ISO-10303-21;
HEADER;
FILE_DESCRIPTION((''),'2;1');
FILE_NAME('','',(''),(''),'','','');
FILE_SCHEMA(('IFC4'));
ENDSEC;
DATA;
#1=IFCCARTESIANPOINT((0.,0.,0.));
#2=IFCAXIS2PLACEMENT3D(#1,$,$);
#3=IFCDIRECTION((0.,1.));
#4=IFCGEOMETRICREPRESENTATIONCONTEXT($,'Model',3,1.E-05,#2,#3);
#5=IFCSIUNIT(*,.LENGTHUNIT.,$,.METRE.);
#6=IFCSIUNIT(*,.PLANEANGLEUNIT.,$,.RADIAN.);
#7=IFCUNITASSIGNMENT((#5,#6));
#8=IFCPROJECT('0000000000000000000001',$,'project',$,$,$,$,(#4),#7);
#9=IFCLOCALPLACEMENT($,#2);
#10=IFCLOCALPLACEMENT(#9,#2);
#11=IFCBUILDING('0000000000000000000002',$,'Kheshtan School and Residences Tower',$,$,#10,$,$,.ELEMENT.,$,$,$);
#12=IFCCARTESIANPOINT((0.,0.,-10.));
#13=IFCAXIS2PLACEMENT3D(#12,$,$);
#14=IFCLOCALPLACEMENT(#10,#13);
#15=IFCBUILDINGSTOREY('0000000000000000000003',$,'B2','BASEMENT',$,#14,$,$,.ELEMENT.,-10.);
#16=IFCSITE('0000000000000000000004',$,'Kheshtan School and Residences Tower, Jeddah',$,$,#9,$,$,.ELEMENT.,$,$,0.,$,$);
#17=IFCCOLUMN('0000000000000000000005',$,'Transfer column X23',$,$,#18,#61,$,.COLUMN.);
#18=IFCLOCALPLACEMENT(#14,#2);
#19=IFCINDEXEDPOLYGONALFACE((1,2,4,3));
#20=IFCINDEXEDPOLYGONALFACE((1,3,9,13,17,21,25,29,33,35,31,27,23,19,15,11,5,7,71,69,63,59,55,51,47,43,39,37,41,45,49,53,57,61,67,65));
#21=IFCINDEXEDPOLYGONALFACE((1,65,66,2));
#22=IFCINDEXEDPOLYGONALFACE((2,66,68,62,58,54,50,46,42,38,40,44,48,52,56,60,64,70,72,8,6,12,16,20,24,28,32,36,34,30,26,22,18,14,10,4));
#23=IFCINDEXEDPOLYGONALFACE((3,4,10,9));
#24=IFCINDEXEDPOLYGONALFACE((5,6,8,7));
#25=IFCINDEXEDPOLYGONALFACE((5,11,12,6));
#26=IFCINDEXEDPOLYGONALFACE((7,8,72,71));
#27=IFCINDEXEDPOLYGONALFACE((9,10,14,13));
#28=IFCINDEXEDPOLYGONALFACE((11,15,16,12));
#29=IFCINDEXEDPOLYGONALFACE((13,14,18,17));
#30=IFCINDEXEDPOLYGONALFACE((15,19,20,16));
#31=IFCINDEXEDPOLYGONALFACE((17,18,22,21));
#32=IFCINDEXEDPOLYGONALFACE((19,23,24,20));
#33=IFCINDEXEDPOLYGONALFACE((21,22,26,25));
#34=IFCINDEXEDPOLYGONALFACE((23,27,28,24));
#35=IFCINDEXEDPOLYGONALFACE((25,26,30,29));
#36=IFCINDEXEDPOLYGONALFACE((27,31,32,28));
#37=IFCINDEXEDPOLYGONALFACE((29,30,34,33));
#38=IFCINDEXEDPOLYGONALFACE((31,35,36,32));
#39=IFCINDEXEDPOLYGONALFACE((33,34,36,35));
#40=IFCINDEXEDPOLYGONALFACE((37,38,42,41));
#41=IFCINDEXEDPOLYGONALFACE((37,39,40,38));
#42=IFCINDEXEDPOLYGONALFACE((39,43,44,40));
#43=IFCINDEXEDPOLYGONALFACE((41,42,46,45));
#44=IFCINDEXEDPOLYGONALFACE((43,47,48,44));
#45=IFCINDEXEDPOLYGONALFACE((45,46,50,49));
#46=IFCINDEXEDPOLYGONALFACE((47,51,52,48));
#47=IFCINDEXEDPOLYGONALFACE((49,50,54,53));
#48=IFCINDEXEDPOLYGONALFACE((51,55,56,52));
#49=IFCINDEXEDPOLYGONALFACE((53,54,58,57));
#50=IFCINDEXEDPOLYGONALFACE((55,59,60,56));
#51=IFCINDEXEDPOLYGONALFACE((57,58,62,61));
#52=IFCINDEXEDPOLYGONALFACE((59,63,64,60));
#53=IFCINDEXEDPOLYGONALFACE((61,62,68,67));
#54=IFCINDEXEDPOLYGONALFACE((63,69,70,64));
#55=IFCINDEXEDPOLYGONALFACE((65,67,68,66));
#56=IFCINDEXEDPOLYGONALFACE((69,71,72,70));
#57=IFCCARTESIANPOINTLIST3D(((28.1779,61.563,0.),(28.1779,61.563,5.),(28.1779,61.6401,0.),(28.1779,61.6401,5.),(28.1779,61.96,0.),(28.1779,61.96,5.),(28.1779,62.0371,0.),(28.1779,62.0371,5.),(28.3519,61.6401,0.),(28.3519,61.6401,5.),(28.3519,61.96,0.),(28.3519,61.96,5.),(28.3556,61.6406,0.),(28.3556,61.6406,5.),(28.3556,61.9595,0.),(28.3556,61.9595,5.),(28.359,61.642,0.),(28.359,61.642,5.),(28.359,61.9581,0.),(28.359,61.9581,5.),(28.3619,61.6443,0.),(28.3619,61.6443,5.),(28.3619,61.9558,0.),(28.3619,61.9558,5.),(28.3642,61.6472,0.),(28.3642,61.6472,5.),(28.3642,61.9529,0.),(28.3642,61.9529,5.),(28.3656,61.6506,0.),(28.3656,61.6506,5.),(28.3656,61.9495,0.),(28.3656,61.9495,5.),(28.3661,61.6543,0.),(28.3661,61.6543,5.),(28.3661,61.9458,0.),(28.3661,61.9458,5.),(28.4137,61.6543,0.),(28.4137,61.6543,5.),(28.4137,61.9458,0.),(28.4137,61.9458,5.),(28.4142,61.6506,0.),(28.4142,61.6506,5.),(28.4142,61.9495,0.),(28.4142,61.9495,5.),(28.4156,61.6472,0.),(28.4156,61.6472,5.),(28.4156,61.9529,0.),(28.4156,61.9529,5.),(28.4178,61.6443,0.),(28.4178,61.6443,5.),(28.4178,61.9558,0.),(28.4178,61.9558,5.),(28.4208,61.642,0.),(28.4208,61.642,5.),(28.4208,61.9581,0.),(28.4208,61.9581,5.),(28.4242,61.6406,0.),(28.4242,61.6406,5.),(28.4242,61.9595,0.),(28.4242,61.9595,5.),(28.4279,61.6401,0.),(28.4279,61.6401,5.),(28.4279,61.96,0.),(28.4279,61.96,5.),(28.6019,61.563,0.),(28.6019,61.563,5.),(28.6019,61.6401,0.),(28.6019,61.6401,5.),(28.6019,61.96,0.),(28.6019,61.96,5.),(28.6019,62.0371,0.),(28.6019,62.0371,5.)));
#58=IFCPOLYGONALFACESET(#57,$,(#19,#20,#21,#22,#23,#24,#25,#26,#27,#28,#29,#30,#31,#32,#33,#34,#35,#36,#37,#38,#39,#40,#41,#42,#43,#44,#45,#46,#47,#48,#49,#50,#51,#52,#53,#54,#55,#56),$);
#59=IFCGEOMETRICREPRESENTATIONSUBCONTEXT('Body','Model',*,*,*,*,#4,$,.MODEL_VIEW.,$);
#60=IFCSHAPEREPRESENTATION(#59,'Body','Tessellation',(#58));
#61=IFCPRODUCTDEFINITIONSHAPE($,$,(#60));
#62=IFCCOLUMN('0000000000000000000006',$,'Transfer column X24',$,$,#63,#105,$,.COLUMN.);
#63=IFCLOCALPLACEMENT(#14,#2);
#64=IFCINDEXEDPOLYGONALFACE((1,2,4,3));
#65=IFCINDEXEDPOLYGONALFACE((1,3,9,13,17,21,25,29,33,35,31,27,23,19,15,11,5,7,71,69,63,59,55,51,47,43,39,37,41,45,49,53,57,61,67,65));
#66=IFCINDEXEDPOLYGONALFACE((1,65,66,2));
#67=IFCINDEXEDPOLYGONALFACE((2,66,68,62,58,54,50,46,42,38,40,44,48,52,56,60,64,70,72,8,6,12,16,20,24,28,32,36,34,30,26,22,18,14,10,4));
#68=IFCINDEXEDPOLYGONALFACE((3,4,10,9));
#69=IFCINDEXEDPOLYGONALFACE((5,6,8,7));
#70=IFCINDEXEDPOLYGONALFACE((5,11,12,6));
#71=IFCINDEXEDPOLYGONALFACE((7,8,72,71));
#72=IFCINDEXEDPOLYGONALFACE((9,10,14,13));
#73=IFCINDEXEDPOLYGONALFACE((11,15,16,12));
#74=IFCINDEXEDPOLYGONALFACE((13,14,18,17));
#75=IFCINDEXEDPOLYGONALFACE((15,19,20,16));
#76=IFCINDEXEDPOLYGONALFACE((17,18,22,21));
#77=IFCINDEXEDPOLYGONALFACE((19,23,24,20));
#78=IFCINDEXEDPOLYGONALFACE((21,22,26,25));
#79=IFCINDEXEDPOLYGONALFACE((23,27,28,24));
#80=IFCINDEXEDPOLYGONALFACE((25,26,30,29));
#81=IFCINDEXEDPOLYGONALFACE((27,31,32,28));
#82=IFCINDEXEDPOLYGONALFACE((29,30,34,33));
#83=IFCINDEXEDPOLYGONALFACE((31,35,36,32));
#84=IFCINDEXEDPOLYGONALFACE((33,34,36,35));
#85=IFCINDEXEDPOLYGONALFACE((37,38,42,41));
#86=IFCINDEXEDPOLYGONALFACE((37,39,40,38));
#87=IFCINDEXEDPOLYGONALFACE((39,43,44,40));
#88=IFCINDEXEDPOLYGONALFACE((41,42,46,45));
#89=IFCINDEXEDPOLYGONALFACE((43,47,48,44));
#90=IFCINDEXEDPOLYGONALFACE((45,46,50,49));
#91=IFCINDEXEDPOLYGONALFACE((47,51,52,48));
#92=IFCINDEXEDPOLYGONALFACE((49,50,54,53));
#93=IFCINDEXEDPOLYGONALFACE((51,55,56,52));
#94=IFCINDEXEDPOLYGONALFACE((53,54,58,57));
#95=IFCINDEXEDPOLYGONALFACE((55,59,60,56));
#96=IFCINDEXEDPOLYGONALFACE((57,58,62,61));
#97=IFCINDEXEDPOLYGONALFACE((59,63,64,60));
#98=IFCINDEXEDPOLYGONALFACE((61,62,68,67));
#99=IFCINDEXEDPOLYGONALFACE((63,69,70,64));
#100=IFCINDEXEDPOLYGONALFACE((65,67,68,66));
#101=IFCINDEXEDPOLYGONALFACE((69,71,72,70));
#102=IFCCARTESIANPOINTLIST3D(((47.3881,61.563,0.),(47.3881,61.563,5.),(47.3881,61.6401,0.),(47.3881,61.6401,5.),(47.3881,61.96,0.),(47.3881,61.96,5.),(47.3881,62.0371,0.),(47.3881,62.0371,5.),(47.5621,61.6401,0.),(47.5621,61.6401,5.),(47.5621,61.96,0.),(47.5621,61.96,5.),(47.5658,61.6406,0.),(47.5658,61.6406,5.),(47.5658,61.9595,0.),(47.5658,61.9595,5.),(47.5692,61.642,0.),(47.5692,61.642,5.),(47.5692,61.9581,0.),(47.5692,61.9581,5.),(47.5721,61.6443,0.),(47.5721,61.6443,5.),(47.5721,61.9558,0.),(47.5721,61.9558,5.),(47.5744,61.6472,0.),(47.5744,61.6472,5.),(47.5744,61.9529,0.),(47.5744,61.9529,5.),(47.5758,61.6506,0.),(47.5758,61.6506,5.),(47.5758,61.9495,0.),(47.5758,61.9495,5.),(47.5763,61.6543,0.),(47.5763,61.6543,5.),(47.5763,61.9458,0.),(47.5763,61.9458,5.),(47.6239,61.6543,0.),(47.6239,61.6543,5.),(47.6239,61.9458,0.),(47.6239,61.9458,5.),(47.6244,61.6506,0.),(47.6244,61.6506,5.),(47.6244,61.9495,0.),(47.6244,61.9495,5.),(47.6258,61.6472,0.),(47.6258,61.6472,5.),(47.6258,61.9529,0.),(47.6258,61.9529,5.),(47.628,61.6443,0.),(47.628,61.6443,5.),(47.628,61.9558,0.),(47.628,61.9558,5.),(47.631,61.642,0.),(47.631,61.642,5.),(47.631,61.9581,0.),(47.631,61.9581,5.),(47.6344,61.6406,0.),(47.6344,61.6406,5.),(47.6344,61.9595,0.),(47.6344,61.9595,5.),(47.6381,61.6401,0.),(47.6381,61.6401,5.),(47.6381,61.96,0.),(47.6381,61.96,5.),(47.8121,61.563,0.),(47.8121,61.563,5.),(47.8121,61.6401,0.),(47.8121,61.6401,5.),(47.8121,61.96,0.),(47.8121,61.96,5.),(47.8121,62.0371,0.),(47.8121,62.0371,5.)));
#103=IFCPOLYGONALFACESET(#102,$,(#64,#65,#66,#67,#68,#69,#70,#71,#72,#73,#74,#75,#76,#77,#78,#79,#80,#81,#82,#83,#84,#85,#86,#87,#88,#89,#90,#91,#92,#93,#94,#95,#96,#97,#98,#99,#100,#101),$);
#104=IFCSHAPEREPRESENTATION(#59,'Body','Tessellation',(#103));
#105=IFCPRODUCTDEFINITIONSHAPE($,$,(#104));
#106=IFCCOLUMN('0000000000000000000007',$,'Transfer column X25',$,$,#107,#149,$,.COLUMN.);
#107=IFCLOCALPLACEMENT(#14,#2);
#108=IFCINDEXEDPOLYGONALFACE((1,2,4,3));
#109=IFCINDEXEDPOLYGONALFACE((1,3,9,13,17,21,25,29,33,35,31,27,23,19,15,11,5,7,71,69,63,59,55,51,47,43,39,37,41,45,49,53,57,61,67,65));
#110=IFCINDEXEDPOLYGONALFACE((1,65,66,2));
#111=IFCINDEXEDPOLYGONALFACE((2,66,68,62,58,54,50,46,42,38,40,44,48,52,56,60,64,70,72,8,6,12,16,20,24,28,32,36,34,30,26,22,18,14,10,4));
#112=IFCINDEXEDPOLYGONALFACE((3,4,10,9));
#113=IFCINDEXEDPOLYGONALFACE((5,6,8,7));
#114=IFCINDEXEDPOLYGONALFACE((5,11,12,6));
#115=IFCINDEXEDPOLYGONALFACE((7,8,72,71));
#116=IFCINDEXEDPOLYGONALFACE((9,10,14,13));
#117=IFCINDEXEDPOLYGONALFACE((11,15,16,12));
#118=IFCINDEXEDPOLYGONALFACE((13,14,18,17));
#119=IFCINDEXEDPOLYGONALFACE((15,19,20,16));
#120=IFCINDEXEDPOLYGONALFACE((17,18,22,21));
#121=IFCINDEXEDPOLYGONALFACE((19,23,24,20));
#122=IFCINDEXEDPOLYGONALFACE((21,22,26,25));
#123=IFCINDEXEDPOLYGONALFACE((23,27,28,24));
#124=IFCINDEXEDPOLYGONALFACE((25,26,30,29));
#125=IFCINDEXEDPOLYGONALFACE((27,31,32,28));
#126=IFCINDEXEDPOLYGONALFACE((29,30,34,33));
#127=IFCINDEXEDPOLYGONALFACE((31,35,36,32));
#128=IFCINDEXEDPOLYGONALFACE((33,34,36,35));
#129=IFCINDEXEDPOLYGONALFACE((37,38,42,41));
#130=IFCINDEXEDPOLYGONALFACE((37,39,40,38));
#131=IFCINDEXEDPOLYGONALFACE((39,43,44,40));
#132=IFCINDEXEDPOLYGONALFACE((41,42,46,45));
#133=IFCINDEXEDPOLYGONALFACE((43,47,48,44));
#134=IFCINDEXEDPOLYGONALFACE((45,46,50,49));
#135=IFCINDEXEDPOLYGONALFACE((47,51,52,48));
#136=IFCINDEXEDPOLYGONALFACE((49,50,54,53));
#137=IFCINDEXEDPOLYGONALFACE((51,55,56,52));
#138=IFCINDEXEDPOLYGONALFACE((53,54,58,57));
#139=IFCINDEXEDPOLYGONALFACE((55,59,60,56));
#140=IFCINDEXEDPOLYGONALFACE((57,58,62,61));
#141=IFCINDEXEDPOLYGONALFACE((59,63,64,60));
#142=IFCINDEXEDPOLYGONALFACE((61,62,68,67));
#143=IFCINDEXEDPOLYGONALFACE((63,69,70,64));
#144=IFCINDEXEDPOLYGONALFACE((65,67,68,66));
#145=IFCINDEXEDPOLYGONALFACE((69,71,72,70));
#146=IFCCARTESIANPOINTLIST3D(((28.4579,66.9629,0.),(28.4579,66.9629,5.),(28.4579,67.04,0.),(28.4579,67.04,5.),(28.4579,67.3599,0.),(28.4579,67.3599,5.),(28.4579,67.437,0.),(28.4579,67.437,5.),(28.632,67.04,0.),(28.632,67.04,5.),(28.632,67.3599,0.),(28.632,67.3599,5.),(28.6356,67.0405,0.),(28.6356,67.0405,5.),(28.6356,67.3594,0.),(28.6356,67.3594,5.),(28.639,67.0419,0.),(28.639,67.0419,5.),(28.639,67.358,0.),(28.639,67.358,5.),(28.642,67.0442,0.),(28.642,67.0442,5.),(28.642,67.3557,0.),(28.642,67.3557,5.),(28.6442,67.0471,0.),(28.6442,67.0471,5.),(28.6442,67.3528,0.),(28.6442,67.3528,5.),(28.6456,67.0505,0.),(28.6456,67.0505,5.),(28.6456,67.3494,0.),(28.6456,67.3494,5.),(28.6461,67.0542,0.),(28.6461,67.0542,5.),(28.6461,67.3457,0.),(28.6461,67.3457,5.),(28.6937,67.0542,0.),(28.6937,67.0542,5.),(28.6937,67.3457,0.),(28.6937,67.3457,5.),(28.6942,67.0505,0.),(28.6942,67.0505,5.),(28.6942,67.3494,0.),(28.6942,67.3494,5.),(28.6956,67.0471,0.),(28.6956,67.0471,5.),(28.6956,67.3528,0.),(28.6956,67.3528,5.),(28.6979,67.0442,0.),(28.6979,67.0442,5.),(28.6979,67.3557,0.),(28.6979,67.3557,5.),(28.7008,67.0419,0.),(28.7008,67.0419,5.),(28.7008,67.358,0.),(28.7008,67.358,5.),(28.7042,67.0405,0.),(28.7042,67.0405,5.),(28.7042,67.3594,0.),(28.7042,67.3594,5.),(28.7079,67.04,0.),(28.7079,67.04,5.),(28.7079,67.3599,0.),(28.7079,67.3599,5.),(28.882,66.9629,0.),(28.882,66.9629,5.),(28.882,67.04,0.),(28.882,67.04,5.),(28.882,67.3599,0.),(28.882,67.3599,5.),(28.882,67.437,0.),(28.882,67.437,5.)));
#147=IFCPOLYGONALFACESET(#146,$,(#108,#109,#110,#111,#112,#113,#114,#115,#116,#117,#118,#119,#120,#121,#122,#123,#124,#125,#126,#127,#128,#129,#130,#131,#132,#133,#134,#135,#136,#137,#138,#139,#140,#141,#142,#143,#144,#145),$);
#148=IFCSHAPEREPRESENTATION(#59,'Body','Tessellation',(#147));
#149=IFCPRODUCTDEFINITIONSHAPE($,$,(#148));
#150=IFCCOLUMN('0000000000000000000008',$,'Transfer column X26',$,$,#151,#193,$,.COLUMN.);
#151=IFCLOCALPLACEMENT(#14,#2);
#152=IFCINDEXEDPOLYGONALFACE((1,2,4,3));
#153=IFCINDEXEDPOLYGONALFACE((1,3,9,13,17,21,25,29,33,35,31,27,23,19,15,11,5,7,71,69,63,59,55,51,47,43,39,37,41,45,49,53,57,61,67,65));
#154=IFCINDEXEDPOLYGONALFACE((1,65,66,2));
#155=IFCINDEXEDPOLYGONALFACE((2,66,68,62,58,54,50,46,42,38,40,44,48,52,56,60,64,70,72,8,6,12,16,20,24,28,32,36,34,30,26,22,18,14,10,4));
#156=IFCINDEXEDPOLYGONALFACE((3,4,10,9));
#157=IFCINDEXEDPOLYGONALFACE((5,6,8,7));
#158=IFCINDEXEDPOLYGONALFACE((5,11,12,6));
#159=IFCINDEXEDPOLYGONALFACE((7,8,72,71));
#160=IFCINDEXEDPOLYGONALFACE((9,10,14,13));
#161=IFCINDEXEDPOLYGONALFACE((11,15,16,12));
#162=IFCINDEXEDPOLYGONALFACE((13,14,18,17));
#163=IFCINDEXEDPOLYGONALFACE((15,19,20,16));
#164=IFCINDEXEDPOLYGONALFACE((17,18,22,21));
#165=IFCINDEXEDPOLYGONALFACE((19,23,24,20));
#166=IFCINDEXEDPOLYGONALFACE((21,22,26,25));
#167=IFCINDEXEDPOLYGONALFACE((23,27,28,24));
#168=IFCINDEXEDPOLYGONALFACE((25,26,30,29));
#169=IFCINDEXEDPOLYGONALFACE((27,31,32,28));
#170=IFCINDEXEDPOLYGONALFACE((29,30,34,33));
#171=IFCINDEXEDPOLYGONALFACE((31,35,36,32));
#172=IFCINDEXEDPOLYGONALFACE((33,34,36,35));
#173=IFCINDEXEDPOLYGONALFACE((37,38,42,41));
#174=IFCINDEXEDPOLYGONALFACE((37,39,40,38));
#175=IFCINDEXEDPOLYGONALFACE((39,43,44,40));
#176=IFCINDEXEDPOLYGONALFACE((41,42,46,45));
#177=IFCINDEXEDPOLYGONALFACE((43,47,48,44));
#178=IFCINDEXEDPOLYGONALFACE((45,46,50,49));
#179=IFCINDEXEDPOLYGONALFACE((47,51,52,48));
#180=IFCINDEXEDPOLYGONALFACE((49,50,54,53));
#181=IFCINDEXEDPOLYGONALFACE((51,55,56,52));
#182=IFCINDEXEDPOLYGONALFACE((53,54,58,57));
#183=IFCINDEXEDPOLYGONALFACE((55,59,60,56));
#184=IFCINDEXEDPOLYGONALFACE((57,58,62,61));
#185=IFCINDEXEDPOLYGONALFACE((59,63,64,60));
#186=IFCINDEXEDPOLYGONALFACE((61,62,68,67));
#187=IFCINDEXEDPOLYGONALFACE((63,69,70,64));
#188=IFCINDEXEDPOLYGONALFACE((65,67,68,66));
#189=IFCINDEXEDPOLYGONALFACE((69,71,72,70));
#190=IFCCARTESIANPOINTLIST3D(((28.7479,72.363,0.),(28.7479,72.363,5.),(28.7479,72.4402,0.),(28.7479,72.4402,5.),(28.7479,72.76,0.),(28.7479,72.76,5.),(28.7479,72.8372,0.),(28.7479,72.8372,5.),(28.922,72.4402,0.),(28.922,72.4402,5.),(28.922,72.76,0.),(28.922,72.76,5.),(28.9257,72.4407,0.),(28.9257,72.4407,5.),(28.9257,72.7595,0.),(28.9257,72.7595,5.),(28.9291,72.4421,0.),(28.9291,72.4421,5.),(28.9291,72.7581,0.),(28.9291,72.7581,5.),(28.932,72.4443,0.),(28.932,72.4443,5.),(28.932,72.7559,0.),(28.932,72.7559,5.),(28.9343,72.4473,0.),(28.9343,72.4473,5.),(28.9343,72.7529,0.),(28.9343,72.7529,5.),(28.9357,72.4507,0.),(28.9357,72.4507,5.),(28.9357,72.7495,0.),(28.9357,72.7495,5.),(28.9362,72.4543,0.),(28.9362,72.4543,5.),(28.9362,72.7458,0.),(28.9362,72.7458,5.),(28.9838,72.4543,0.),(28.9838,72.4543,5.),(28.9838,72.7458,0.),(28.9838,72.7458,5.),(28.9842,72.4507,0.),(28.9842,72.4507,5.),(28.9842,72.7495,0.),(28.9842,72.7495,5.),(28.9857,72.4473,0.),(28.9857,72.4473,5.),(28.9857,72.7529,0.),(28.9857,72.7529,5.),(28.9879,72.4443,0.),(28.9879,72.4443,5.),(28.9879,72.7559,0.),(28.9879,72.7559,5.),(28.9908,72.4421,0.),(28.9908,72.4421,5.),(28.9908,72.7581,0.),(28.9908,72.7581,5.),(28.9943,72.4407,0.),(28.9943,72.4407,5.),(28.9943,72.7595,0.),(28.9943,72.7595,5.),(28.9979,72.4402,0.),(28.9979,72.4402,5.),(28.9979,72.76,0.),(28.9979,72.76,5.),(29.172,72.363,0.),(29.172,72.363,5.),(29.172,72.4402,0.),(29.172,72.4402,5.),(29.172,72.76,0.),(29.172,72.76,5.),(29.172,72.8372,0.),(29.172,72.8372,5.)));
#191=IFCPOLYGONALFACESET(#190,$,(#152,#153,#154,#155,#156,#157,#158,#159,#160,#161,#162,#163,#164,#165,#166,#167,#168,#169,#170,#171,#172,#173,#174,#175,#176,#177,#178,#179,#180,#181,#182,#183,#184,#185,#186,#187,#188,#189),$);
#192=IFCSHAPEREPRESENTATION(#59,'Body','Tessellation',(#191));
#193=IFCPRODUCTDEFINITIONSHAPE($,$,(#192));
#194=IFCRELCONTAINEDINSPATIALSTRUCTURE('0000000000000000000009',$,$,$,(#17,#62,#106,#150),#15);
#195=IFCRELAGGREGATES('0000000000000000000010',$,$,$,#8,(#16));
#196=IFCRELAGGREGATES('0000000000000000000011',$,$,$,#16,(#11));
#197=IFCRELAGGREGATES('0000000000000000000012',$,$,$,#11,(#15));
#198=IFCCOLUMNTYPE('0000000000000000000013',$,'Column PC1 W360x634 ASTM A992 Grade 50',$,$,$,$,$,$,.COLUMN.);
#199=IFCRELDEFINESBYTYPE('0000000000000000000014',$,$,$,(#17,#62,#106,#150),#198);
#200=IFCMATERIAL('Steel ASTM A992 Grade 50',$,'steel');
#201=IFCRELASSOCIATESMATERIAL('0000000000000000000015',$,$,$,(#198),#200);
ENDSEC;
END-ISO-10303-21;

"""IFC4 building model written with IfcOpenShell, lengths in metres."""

from ifc_helpers import new_model, si_unit, direction, frame, origin, origin_2d, place, context, subcontext, project, spatial, i_section, extrude, material, material_profile, profile_set, type_object, element, save


model = new_model("IFC4")

# Units and contexts
model_context = context("Model", 3, precision=1e-05, world=origin(), true_north=direction((0.0, 1.0)))
body_context = subcontext(model_context, "Body", "Model", "MODEL_VIEW")
ifc_project = project(units=[si_unit("LENGTHUNIT", "METRE"), si_unit("PLANEANGLEUNIT", "RADIAN")], contexts=[model_context])

# Site, building, storey
site_placement = place(None, origin())
site = spatial("IfcSite", under=ifc_project, at=site_placement, Name="Kheshtan School and Residences Tower, Jeddah", CompositionType="ELEMENT", RefElevation=0.0)
building_placement = place(site_placement, origin())
building = spatial("IfcBuilding", under=site, at=building_placement, Name="Kheshtan School and Residences Tower", CompositionType="ELEMENT")
storey_placement = place(building_placement, frame((0.0, 0.0, -10.0)))
storey = spatial("IfcBuildingStorey", under=building, at=storey_placement, Name="B2", Description="BASEMENT", CompositionType="ELEMENT", Elevation=-10.0)

# Columns
ifc_material_1 = material(Name="Steel ASTM A992 Grade 50", Category="steel")
ifc_material_profile_1 = material_profile(ifc_material_1, i_section(OverallWidth=0.4241, OverallDepth=0.4741, WebThickness=0.0476, FlangeThickness=0.0771, FilletRadius=0.0142, at=origin_2d()), Name="W360x634")
ifc_profile_set_1 = profile_set([ifc_material_profile_1], Name="Steel ASTM A992 Grade 50")
column_type = type_object("IfcColumnType", Name="Column PC1 W360x634 ASTM A992 Grade 50", PredefinedType="COLUMN", material=ifc_profile_set_1)
for number, where, z_axis, x_axis, name in (
    (1, (28.3899, 61.8, 0.0), (0.0, 0.0, 1.0), (1.0, 0.0, 0.0), "Transfer column X23"),
    (2, (47.6001, 61.8, 0.0), (0.0, 0.0, 1.0), (1.0, 0.0, 0.0), "Transfer column X24"),
    (3, (28.6699, 67.2, 0.0), (0.0, 0.0, 1.0), (1.0, 0.0, 0.0), "Transfer column X25"),
    (4, (28.96, 72.6001, 0.0), (0.0, 0.0, 1.0), (1.0, 0.0, 0.0), "Transfer column X26"),
):
    element("IfcColumn", number, at=place(storey_placement, frame(where, z_axis=z_axis, x_axis=x_axis)), inside=storey, type_object=column_type, Name=name, PredefinedType="COLUMN", context=body_context, shape_type="SweptSolid", body=[
        extrude(i_section(OverallWidth=0.4241, OverallDepth=0.4741, WebThickness=0.0476, FlangeThickness=0.0771, FilletRadius=0.0142, at=origin_2d()), origin(), (0.0, 0.0, 1.0), 5.0),
    ])

save(model, "model.ifc")
